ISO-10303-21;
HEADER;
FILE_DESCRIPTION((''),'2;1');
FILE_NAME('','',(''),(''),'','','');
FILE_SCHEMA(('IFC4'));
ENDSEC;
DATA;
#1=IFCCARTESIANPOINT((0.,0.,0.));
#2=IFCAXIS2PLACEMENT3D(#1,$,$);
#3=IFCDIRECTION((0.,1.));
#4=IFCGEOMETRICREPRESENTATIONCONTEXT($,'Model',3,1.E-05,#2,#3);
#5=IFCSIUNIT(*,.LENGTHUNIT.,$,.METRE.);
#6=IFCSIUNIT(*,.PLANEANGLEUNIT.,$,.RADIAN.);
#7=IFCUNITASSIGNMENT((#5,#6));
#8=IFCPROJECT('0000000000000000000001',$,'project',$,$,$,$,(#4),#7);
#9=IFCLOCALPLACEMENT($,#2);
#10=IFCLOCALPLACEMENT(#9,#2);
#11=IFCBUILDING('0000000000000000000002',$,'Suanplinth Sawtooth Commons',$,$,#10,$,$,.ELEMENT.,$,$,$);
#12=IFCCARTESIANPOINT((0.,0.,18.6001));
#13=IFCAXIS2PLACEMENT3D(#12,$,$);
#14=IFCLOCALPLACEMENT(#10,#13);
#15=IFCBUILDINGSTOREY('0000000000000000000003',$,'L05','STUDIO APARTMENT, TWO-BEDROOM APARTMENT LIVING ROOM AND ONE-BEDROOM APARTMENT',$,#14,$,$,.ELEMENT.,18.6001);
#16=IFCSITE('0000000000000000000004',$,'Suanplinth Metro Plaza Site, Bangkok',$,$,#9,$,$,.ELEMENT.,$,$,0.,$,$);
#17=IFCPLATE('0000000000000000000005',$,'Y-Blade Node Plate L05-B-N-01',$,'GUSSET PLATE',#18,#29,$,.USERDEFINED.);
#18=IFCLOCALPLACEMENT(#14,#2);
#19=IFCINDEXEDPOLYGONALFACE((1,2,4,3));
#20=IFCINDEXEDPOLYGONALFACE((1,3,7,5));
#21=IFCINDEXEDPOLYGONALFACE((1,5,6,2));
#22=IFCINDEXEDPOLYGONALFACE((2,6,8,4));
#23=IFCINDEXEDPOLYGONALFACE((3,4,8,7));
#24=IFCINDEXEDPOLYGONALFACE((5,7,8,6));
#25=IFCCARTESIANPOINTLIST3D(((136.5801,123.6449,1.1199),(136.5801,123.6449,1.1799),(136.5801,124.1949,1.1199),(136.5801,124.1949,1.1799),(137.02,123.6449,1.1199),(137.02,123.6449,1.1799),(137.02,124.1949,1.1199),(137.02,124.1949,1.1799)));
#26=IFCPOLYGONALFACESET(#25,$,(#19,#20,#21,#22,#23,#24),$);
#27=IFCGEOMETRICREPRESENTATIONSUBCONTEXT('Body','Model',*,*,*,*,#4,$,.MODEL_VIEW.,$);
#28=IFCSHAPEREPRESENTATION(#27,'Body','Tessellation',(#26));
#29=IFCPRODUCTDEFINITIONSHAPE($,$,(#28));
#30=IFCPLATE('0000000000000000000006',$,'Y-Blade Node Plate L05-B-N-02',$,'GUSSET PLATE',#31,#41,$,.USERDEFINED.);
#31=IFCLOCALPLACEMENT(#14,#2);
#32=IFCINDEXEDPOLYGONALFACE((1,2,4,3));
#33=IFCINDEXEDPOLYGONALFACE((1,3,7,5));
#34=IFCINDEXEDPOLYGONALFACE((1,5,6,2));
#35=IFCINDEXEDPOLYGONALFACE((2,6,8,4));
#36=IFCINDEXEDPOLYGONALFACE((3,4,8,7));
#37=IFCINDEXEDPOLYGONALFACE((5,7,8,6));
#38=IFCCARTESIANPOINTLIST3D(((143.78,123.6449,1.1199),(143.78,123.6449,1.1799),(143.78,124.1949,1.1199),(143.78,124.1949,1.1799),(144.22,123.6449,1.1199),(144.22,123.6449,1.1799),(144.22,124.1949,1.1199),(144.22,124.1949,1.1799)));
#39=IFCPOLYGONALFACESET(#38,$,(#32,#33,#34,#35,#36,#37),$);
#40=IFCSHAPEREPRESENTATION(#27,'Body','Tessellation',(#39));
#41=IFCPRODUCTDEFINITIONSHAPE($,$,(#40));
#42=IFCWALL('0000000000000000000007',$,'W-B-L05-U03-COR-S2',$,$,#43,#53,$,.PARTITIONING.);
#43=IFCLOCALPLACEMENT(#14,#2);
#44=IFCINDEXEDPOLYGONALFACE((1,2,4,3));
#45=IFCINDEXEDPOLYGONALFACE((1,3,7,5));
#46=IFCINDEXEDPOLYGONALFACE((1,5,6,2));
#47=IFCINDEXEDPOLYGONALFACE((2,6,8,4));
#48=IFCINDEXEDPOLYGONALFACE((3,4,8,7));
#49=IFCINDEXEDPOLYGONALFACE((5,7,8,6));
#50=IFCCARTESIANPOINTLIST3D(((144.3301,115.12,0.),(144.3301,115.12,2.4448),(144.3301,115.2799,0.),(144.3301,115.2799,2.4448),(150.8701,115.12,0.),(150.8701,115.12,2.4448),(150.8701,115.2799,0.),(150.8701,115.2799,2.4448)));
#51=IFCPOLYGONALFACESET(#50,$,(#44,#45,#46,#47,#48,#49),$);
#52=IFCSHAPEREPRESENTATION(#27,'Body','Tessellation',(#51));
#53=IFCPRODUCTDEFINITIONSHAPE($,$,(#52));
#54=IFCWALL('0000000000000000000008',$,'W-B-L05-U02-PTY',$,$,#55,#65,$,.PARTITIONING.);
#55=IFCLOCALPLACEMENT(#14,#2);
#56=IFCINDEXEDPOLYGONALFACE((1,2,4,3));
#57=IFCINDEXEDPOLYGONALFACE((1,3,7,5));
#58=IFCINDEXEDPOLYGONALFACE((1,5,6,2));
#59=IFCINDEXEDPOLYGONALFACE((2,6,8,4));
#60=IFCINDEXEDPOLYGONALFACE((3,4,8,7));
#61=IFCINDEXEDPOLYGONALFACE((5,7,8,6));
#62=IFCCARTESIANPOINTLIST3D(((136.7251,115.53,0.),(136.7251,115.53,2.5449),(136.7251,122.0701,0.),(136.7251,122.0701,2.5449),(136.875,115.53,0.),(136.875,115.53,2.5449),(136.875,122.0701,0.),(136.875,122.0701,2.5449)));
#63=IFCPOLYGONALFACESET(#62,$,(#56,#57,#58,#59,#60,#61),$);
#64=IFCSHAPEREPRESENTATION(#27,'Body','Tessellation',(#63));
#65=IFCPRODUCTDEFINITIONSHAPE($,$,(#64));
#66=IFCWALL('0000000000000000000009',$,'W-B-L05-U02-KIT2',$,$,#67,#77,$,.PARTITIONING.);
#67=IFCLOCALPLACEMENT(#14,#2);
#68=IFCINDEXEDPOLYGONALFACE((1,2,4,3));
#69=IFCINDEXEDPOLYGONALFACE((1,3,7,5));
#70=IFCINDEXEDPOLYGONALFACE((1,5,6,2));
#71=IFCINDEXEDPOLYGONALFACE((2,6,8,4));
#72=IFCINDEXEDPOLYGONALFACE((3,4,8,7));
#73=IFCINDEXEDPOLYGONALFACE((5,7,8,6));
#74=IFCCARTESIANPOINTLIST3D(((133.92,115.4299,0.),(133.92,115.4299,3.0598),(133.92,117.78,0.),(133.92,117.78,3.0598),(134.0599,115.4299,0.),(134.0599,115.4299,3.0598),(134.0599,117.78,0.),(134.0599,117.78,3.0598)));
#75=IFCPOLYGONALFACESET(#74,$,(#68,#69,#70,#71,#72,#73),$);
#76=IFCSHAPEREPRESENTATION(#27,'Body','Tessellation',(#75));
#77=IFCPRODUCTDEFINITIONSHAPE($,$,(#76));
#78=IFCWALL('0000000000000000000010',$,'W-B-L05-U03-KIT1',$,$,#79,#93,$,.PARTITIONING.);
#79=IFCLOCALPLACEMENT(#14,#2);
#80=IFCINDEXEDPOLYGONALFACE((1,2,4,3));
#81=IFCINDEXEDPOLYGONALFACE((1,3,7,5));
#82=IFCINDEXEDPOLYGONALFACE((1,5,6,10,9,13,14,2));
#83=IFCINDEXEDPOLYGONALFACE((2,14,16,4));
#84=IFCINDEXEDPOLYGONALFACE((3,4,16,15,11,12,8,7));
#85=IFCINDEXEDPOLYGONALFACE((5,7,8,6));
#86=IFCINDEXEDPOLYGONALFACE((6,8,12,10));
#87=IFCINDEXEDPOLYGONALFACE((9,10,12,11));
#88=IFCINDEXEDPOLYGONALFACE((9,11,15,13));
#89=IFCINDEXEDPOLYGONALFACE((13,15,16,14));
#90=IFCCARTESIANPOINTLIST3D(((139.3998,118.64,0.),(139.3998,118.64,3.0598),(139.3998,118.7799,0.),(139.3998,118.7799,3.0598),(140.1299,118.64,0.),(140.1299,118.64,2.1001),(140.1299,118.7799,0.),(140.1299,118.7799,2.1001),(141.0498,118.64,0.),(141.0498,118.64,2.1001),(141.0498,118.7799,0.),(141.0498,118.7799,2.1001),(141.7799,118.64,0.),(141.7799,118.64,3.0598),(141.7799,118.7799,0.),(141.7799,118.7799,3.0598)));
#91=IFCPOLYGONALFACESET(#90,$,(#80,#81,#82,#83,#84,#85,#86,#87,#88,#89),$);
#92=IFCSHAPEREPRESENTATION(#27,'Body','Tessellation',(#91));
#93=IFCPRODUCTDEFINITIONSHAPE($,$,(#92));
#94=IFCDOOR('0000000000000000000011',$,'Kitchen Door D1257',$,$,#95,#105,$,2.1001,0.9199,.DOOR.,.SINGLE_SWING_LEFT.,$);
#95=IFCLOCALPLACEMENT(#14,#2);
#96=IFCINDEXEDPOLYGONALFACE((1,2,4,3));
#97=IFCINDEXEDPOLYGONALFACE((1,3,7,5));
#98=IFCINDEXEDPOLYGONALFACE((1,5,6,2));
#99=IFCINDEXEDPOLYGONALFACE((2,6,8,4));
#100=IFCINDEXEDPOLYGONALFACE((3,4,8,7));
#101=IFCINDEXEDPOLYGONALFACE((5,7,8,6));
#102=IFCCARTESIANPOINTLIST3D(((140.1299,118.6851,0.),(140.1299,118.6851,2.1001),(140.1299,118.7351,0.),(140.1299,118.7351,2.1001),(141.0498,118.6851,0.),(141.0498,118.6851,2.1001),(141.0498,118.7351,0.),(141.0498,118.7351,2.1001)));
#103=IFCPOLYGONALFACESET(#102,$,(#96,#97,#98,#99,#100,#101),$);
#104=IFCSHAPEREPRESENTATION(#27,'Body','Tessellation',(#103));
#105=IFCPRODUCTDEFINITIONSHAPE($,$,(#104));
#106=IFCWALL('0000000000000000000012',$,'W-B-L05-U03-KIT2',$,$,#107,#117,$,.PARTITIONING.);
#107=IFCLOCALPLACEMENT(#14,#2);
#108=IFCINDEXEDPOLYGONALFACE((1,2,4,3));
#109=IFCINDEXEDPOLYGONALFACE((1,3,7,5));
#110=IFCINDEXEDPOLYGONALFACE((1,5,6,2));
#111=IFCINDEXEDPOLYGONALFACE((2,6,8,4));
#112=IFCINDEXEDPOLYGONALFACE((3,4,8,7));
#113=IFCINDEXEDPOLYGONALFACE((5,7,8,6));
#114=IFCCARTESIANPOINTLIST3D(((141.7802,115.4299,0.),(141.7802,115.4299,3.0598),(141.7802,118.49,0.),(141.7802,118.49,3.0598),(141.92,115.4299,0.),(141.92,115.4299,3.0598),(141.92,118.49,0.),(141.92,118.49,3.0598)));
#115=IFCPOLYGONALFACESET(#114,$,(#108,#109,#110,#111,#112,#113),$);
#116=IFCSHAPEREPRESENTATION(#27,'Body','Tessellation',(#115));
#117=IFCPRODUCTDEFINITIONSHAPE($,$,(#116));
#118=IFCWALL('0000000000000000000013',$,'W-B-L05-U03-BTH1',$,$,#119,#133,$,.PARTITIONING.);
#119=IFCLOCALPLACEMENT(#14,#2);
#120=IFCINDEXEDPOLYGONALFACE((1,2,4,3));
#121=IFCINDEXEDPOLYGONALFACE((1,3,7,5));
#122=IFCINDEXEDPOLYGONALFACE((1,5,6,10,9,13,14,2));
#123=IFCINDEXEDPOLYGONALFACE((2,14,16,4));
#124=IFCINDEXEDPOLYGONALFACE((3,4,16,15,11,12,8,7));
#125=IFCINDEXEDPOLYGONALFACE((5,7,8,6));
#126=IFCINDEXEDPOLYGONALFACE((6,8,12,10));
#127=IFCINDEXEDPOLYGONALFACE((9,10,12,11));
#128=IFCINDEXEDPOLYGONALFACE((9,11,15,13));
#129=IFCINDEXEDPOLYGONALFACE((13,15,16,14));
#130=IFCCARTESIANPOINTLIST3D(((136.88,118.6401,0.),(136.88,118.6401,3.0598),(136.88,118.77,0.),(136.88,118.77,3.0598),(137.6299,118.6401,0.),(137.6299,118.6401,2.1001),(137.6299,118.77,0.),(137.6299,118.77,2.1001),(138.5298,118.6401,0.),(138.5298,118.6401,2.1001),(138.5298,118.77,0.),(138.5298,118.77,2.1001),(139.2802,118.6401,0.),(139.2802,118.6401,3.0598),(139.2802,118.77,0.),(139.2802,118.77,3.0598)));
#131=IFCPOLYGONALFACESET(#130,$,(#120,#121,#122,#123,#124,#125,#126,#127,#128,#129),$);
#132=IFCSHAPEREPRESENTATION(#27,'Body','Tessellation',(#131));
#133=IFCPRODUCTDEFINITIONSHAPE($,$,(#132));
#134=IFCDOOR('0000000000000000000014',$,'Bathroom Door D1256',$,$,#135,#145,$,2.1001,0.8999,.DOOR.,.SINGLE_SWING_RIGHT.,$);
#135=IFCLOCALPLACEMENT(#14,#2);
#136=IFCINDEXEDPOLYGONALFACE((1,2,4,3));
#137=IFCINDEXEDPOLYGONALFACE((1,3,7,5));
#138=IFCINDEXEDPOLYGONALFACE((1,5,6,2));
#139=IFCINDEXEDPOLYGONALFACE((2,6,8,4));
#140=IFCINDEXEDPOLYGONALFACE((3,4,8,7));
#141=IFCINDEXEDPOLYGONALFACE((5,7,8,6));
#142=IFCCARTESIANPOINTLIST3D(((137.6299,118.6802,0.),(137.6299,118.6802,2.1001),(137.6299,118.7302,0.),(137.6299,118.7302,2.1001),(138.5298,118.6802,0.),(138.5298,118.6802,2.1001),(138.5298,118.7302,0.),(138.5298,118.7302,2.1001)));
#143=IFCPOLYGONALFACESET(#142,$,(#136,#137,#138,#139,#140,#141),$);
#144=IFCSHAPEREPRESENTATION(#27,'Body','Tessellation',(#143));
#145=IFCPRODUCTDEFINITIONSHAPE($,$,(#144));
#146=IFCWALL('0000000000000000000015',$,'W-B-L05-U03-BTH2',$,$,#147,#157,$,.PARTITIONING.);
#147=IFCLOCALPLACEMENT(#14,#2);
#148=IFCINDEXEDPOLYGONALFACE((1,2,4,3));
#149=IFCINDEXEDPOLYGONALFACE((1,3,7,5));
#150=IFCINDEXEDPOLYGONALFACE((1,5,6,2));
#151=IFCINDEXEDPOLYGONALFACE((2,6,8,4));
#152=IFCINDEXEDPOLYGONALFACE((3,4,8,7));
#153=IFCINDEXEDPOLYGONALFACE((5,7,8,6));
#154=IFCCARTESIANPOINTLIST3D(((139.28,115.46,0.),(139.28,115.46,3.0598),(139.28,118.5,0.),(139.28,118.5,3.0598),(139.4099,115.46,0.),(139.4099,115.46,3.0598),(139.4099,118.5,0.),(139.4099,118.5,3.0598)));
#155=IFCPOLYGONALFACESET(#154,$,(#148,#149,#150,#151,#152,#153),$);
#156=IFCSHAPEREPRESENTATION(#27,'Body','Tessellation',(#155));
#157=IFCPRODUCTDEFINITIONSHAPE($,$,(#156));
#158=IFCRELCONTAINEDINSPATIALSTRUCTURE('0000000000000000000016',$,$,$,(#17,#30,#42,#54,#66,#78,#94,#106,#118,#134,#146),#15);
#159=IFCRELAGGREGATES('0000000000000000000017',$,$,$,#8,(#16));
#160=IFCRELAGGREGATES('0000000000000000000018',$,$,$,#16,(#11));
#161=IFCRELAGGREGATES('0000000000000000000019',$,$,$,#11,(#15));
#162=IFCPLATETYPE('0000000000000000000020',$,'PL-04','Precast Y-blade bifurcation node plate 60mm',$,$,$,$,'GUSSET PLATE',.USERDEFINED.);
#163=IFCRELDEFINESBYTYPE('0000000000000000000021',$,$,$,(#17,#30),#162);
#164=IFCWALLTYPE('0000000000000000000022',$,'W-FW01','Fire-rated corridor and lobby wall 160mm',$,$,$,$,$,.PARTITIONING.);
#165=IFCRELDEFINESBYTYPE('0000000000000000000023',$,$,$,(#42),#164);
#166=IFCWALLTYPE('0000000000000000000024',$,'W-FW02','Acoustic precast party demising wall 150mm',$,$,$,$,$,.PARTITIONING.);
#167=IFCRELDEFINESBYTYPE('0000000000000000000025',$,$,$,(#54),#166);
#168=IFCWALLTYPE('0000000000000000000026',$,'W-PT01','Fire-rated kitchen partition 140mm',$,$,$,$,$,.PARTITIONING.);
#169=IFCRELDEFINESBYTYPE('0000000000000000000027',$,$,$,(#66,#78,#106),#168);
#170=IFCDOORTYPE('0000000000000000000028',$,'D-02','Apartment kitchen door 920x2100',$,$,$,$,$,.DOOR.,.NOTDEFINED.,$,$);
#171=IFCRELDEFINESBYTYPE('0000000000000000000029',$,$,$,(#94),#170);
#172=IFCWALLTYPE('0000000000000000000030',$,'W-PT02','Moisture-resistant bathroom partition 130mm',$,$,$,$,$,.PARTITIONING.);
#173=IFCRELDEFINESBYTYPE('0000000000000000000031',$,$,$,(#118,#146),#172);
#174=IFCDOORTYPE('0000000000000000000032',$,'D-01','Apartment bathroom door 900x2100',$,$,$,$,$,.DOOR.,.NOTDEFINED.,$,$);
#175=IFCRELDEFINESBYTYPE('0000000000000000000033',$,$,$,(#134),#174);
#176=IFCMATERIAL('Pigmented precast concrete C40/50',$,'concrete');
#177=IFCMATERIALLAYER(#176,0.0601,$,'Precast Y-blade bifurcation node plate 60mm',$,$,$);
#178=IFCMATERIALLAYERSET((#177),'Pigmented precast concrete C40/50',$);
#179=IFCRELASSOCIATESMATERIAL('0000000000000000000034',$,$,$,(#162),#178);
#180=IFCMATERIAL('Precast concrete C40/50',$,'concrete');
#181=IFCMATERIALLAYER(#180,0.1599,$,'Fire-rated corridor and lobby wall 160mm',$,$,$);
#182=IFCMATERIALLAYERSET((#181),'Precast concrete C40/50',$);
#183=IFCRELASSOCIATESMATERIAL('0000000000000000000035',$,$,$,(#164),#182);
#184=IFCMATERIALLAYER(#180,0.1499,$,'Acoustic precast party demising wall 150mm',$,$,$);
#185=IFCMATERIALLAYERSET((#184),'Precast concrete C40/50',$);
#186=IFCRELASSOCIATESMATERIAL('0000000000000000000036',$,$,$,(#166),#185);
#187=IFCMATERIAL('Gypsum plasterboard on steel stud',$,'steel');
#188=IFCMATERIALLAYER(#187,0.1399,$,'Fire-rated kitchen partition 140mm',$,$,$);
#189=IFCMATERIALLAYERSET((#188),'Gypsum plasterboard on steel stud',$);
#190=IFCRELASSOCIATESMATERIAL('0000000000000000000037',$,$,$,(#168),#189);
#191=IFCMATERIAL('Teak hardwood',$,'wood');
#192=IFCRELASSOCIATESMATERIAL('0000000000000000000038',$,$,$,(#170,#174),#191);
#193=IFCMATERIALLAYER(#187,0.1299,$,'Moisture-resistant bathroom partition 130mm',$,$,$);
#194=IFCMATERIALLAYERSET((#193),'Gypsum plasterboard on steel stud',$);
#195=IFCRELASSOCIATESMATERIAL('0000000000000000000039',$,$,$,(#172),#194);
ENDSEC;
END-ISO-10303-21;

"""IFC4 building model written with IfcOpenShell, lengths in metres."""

from ifc_helpers import new_model, si_unit, direction, frame, frame_2d, origin, origin_2d, place, context, subcontext, project, spatial, rectangle, extrude, material, layer, layer_set, type_object, element, fill, save


model = new_model("IFC4")

# Units and contexts
model_context = context("Model", 3, precision=1e-05, world=origin(), true_north=direction((0.0, 1.0)))
body_context = subcontext(model_context, "Body", "Model", "MODEL_VIEW")
ifc_project = project(units=[si_unit("LENGTHUNIT", "METRE"), si_unit("PLANEANGLEUNIT", "RADIAN")], contexts=[model_context])

# Site, building, storey
site_placement = place(None, origin())
site = spatial("IfcSite", under=ifc_project, at=site_placement, Name="Suanplinth Metro Plaza Site, Bangkok", CompositionType="ELEMENT", RefElevation=0.0)
building_placement = place(site_placement, origin())
building = spatial("IfcBuilding", under=site, at=building_placement, Name="Suanplinth Sawtooth Commons", CompositionType="ELEMENT")
storey_placement = place(building_placement, frame((0.0, 0.0, 18.6001)))
storey = spatial("IfcBuildingStorey", under=building, at=storey_placement, Name="L05", Description="STUDIO APARTMENT, TWO-BEDROOM APARTMENT LIVING ROOM AND ONE-BEDROOM APARTMENT", CompositionType="ELEMENT", Elevation=18.6001)

# Shared definitions
ifc_material_1 = material(Name="Precast concrete C40/50", Category="concrete")

# Shared definitions
ifc_material_2 = material(Name="Pigmented precast concrete C40/50", Category="concrete")

# Plates
ifc_layer_1 = layer(ifc_material_2, 0.0601, Name="Precast Y-blade bifurcation node plate 60mm")
ifc_layer_set_1 = layer_set([ifc_layer_1], Name="Pigmented precast concrete C40/50")
plate_type = type_object("IfcPlateType", Name="PL-04", Description="Precast Y-blade bifurcation node plate 60mm", ElementType="GUSSET PLATE", PredefinedType="USERDEFINED", material=ifc_layer_set_1)
for number, where, z_axis, x_axis, name in (
    (1, (136.8, 123.9199, 1.1199), (0.0, 0.0, 1.0), (1.0, 0.0, 0.0), "Y-Blade Node Plate L05-B-N-01"),
    (2, (144.0, 123.9199, 1.1199), (0.0, 0.0, 1.0), (1.0, 0.0, 0.0), "Y-Blade Node Plate L05-B-N-02"),
):
    element("IfcPlate", number, at=place(storey_placement, frame(where, z_axis=z_axis, x_axis=x_axis)), inside=storey, type_object=plate_type, Name=name, ObjectType="GUSSET PLATE", PredefinedType="USERDEFINED", context=body_context, shape_type="SweptSolid", body=[
        extrude(rectangle(XDim=0.4399, YDim=0.55, at=origin_2d()), origin(), (0.0, 0.0, 1.0), 0.0601),
    ])

# Walls
ifc_layer_2 = layer(ifc_material_1, 0.1599, Name="Fire-rated corridor and lobby wall 160mm")
ifc_layer_set_2 = layer_set([ifc_layer_2], Name="Precast concrete C40/50")
wall_type_1 = type_object("IfcWallType", Name="W-FW01", Description="Fire-rated corridor and lobby wall 160mm", PredefinedType="PARTITIONING", material=ifc_layer_set_2)
wall_1_placement = place(storey_placement, frame((144.3301, 115.2, 0.0), z_axis=(0.0, 0.0, 1.0), x_axis=(1.0, 0.0, 0.0)))
element("IfcWall", 3, at=wall_1_placement, inside=storey, type_object=wall_type_1, Name="W-B-L05-U03-COR-S2", PredefinedType="PARTITIONING", context=body_context, shape_type="SweptSolid", body=[
    extrude(rectangle(XDim=6.54, YDim=0.1599, at=frame_2d((3.27, 0.0))), origin(), (0.0, 0.0, 1.0), 2.4448),
])
ifc_layer_3 = layer(ifc_material_1, 0.1499, Name="Acoustic precast party demising wall 150mm")
ifc_layer_set_3 = layer_set([ifc_layer_3], Name="Precast concrete C40/50")
wall_type_2 = type_object("IfcWallType", Name="W-FW02", Description="Acoustic precast party demising wall 150mm", PredefinedType="PARTITIONING", material=ifc_layer_set_3)
wall_2_placement = place(storey_placement, frame((136.8, 115.53, 0.0), z_axis=(0.0, 0.0, 1.0), x_axis=(0.0, 1.0, 0.0)))
element("IfcWall", 4, at=wall_2_placement, inside=storey, type_object=wall_type_2, Name="W-B-L05-U02-PTY", PredefinedType="PARTITIONING", context=body_context, shape_type="SweptSolid", body=[
    extrude(rectangle(XDim=6.54, YDim=0.1499, at=frame_2d((3.27, 0.0))), origin(), (0.0, 0.0, 1.0), 2.5449),
])
ifc_material_3 = material(Name="Gypsum plasterboard on steel stud", Category="steel")
ifc_layer_4 = layer(ifc_material_3, 0.1399, Name="Fire-rated kitchen partition 140mm")
ifc_layer_set_4 = layer_set([ifc_layer_4], Name="Gypsum plasterboard on steel stud")
wall_type_3 = type_object("IfcWallType", Name="W-PT01", Description="Fire-rated kitchen partition 140mm", PredefinedType="PARTITIONING", material=ifc_layer_set_4)
wall_3_placement = place(storey_placement, frame((133.99, 115.4299, 0.0), z_axis=(0.0, 0.0, 1.0), x_axis=(0.0, 1.0, 0.0)))
element("IfcWall", 5, at=wall_3_placement, inside=storey, type_object=wall_type_3, Name="W-B-L05-U02-KIT2", PredefinedType="PARTITIONING", context=body_context, shape_type="SweptSolid", body=[
    extrude(rectangle(XDim=2.3501, YDim=0.1399, at=frame_2d((1.175, 0.0))), origin(), (0.0, 0.0, 1.0), 3.0598),
])

# Wall, opening, door
wall_4_placement = place(storey_placement, frame((139.3999, 118.71, 0.0), z_axis=(0.0, 0.0, 1.0), x_axis=(1.0, 0.0, 0.0)))
wall_4 = element("IfcWall", 6, at=wall_4_placement, inside=storey, type_object=wall_type_3, Name="W-B-L05-U03-KIT1", PredefinedType="PARTITIONING", context=body_context, shape_type="SweptSolid", body=[
    extrude(rectangle(XDim=2.3801, YDim=0.1399, at=frame_2d((1.1899, 0.0))), origin(), (0.0, 0.0, 1.0), 3.0598),
])
opening_1_placement = place(wall_4_placement, frame((0.73, 0.0, 0.0)))
opening_1 = element("IfcOpeningElement", 7, at=opening_1_placement, cuts=wall_4, PredefinedType="OPENING", context=body_context, shape_type="SweptSolid", body=[
    extrude(rectangle(XDim=0.9199, YDim=2.1001, at=frame_2d((0.46, 1.05))), frame((0.0, 0.085, 0.0), z_axis=(0.0, -1.0, 0.0), x_axis=(1.0, 0.0, 0.0)), (0.0, 0.0, 1.0), 0.1697),
])
ifc_material_4 = material(Name="Teak hardwood", Category="wood")
door_type_1 = type_object("IfcDoorType", Name="D-02", Description="Apartment kitchen door 920x2100", OperationType="NOTDEFINED", PredefinedType="DOOR", material=ifc_material_4)
door_1_placement = place(opening_1_placement, frame((0.9199, 0.0, 0.0), z_axis=(0.0, 0.0, 1.0), x_axis=(-1.0, 0.0, 0.0)))
door_1 = element("IfcDoor", 8, at=door_1_placement, inside=storey, type_object=door_type_1, Name="Kitchen Door D1257", OperationType="SINGLE_SWING_LEFT", OverallHeight=2.1001, OverallWidth=0.9199, PredefinedType="DOOR", context=body_context, shape_type="SweptSolid", body=[
    extrude(rectangle(XDim=0.9199, YDim=2.1001, at=frame_2d((0.46, 1.05))), frame((0.0, 0.0249, 0.0), z_axis=(0.0, -1.0, 0.0), x_axis=(1.0, 0.0, 0.0)), (0.0, 0.0, 1.0), 0.05),
])
fill(opening_1, door_1)

# Wall
wall_5_placement = place(storey_placement, frame((141.8501, 115.4299, 0.0), z_axis=(0.0, 0.0, 1.0), x_axis=(0.0, 1.0, 0.0)))
element("IfcWall", 9, at=wall_5_placement, inside=storey, type_object=wall_type_3, Name="W-B-L05-U03-KIT2", PredefinedType="PARTITIONING", context=body_context, shape_type="SweptSolid", body=[
    extrude(rectangle(XDim=3.0601, YDim=0.1399, at=frame_2d((1.53, 0.0))), origin(), (0.0, 0.0, 1.0), 3.0598),
])

# Wall, opening, door
ifc_layer_5 = layer(ifc_material_3, 0.1299, Name="Moisture-resistant bathroom partition 130mm")
ifc_layer_set_5 = layer_set([ifc_layer_5], Name="Gypsum plasterboard on steel stud")
wall_type_4 = type_object("IfcWallType", Name="W-PT02", Description="Moisture-resistant bathroom partition 130mm", PredefinedType="PARTITIONING", material=ifc_layer_set_5)
wall_6_placement = place(storey_placement, frame((136.8799, 118.7051, 0.0), z_axis=(0.0, 0.0, 1.0), x_axis=(1.0, 0.0, 0.0)))
wall_6 = element("IfcWall", 10, at=wall_6_placement, inside=storey, type_object=wall_type_4, Name="W-B-L05-U03-BTH1", PredefinedType="PARTITIONING", context=body_context, shape_type="SweptSolid", body=[
    extrude(rectangle(XDim=2.4001, YDim=0.1299, at=frame_2d((1.2002, 0.0))), origin(), (0.0, 0.0, 1.0), 3.0598),
])
opening_2_placement = place(wall_6_placement, frame((0.75, 0.0, 0.0)))
opening_2 = element("IfcOpeningElement", 11, at=opening_2_placement, cuts=wall_6, PredefinedType="OPENING", context=body_context, shape_type="SweptSolid", body=[
    extrude(rectangle(XDim=0.8999, YDim=2.1001, at=frame_2d((0.45, 1.05))), frame((0.0, 0.0798, 0.0), z_axis=(0.0, -1.0, 0.0), x_axis=(1.0, 0.0, 0.0)), (0.0, 0.0, 1.0), 0.1597),
])
door_type_2 = type_object("IfcDoorType", Name="D-01", Description="Apartment bathroom door 900x2100", OperationType="NOTDEFINED", PredefinedType="DOOR", material=ifc_material_4)
door_2_placement = place(opening_2_placement, frame((0.8999, 0.0, 0.0), z_axis=(0.0, 0.0, 1.0), x_axis=(-1.0, 0.0, 0.0)))
door_2 = element("IfcDoor", 12, at=door_2_placement, inside=storey, type_object=door_type_2, Name="Bathroom Door D1256", OperationType="SINGLE_SWING_RIGHT", OverallHeight=2.1001, OverallWidth=0.8999, PredefinedType="DOOR", context=body_context, shape_type="SweptSolid", body=[
    extrude(rectangle(XDim=0.8999, YDim=2.1001, at=frame_2d((0.45, 1.05))), frame((0.0, 0.0249, 0.0), z_axis=(0.0, -1.0, 0.0), x_axis=(1.0, 0.0, 0.0)), (0.0, 0.0, 1.0), 0.05),
])
fill(opening_2, door_2)

# Wall
wall_7_placement = place(storey_placement, frame((139.345, 115.46, 0.0), z_axis=(0.0, 0.0, 1.0), x_axis=(0.0, 1.0, 0.0)))
element("IfcWall", 13, at=wall_7_placement, inside=storey, type_object=wall_type_4, Name="W-B-L05-U03-BTH2", PredefinedType="PARTITIONING", context=body_context, shape_type="SweptSolid", body=[
    extrude(rectangle(XDim=3.04, YDim=0.1299, at=frame_2d((1.52, 0.0))), origin(), (0.0, 0.0, 1.0), 3.0598),
])

save(model, "model.ifc")
